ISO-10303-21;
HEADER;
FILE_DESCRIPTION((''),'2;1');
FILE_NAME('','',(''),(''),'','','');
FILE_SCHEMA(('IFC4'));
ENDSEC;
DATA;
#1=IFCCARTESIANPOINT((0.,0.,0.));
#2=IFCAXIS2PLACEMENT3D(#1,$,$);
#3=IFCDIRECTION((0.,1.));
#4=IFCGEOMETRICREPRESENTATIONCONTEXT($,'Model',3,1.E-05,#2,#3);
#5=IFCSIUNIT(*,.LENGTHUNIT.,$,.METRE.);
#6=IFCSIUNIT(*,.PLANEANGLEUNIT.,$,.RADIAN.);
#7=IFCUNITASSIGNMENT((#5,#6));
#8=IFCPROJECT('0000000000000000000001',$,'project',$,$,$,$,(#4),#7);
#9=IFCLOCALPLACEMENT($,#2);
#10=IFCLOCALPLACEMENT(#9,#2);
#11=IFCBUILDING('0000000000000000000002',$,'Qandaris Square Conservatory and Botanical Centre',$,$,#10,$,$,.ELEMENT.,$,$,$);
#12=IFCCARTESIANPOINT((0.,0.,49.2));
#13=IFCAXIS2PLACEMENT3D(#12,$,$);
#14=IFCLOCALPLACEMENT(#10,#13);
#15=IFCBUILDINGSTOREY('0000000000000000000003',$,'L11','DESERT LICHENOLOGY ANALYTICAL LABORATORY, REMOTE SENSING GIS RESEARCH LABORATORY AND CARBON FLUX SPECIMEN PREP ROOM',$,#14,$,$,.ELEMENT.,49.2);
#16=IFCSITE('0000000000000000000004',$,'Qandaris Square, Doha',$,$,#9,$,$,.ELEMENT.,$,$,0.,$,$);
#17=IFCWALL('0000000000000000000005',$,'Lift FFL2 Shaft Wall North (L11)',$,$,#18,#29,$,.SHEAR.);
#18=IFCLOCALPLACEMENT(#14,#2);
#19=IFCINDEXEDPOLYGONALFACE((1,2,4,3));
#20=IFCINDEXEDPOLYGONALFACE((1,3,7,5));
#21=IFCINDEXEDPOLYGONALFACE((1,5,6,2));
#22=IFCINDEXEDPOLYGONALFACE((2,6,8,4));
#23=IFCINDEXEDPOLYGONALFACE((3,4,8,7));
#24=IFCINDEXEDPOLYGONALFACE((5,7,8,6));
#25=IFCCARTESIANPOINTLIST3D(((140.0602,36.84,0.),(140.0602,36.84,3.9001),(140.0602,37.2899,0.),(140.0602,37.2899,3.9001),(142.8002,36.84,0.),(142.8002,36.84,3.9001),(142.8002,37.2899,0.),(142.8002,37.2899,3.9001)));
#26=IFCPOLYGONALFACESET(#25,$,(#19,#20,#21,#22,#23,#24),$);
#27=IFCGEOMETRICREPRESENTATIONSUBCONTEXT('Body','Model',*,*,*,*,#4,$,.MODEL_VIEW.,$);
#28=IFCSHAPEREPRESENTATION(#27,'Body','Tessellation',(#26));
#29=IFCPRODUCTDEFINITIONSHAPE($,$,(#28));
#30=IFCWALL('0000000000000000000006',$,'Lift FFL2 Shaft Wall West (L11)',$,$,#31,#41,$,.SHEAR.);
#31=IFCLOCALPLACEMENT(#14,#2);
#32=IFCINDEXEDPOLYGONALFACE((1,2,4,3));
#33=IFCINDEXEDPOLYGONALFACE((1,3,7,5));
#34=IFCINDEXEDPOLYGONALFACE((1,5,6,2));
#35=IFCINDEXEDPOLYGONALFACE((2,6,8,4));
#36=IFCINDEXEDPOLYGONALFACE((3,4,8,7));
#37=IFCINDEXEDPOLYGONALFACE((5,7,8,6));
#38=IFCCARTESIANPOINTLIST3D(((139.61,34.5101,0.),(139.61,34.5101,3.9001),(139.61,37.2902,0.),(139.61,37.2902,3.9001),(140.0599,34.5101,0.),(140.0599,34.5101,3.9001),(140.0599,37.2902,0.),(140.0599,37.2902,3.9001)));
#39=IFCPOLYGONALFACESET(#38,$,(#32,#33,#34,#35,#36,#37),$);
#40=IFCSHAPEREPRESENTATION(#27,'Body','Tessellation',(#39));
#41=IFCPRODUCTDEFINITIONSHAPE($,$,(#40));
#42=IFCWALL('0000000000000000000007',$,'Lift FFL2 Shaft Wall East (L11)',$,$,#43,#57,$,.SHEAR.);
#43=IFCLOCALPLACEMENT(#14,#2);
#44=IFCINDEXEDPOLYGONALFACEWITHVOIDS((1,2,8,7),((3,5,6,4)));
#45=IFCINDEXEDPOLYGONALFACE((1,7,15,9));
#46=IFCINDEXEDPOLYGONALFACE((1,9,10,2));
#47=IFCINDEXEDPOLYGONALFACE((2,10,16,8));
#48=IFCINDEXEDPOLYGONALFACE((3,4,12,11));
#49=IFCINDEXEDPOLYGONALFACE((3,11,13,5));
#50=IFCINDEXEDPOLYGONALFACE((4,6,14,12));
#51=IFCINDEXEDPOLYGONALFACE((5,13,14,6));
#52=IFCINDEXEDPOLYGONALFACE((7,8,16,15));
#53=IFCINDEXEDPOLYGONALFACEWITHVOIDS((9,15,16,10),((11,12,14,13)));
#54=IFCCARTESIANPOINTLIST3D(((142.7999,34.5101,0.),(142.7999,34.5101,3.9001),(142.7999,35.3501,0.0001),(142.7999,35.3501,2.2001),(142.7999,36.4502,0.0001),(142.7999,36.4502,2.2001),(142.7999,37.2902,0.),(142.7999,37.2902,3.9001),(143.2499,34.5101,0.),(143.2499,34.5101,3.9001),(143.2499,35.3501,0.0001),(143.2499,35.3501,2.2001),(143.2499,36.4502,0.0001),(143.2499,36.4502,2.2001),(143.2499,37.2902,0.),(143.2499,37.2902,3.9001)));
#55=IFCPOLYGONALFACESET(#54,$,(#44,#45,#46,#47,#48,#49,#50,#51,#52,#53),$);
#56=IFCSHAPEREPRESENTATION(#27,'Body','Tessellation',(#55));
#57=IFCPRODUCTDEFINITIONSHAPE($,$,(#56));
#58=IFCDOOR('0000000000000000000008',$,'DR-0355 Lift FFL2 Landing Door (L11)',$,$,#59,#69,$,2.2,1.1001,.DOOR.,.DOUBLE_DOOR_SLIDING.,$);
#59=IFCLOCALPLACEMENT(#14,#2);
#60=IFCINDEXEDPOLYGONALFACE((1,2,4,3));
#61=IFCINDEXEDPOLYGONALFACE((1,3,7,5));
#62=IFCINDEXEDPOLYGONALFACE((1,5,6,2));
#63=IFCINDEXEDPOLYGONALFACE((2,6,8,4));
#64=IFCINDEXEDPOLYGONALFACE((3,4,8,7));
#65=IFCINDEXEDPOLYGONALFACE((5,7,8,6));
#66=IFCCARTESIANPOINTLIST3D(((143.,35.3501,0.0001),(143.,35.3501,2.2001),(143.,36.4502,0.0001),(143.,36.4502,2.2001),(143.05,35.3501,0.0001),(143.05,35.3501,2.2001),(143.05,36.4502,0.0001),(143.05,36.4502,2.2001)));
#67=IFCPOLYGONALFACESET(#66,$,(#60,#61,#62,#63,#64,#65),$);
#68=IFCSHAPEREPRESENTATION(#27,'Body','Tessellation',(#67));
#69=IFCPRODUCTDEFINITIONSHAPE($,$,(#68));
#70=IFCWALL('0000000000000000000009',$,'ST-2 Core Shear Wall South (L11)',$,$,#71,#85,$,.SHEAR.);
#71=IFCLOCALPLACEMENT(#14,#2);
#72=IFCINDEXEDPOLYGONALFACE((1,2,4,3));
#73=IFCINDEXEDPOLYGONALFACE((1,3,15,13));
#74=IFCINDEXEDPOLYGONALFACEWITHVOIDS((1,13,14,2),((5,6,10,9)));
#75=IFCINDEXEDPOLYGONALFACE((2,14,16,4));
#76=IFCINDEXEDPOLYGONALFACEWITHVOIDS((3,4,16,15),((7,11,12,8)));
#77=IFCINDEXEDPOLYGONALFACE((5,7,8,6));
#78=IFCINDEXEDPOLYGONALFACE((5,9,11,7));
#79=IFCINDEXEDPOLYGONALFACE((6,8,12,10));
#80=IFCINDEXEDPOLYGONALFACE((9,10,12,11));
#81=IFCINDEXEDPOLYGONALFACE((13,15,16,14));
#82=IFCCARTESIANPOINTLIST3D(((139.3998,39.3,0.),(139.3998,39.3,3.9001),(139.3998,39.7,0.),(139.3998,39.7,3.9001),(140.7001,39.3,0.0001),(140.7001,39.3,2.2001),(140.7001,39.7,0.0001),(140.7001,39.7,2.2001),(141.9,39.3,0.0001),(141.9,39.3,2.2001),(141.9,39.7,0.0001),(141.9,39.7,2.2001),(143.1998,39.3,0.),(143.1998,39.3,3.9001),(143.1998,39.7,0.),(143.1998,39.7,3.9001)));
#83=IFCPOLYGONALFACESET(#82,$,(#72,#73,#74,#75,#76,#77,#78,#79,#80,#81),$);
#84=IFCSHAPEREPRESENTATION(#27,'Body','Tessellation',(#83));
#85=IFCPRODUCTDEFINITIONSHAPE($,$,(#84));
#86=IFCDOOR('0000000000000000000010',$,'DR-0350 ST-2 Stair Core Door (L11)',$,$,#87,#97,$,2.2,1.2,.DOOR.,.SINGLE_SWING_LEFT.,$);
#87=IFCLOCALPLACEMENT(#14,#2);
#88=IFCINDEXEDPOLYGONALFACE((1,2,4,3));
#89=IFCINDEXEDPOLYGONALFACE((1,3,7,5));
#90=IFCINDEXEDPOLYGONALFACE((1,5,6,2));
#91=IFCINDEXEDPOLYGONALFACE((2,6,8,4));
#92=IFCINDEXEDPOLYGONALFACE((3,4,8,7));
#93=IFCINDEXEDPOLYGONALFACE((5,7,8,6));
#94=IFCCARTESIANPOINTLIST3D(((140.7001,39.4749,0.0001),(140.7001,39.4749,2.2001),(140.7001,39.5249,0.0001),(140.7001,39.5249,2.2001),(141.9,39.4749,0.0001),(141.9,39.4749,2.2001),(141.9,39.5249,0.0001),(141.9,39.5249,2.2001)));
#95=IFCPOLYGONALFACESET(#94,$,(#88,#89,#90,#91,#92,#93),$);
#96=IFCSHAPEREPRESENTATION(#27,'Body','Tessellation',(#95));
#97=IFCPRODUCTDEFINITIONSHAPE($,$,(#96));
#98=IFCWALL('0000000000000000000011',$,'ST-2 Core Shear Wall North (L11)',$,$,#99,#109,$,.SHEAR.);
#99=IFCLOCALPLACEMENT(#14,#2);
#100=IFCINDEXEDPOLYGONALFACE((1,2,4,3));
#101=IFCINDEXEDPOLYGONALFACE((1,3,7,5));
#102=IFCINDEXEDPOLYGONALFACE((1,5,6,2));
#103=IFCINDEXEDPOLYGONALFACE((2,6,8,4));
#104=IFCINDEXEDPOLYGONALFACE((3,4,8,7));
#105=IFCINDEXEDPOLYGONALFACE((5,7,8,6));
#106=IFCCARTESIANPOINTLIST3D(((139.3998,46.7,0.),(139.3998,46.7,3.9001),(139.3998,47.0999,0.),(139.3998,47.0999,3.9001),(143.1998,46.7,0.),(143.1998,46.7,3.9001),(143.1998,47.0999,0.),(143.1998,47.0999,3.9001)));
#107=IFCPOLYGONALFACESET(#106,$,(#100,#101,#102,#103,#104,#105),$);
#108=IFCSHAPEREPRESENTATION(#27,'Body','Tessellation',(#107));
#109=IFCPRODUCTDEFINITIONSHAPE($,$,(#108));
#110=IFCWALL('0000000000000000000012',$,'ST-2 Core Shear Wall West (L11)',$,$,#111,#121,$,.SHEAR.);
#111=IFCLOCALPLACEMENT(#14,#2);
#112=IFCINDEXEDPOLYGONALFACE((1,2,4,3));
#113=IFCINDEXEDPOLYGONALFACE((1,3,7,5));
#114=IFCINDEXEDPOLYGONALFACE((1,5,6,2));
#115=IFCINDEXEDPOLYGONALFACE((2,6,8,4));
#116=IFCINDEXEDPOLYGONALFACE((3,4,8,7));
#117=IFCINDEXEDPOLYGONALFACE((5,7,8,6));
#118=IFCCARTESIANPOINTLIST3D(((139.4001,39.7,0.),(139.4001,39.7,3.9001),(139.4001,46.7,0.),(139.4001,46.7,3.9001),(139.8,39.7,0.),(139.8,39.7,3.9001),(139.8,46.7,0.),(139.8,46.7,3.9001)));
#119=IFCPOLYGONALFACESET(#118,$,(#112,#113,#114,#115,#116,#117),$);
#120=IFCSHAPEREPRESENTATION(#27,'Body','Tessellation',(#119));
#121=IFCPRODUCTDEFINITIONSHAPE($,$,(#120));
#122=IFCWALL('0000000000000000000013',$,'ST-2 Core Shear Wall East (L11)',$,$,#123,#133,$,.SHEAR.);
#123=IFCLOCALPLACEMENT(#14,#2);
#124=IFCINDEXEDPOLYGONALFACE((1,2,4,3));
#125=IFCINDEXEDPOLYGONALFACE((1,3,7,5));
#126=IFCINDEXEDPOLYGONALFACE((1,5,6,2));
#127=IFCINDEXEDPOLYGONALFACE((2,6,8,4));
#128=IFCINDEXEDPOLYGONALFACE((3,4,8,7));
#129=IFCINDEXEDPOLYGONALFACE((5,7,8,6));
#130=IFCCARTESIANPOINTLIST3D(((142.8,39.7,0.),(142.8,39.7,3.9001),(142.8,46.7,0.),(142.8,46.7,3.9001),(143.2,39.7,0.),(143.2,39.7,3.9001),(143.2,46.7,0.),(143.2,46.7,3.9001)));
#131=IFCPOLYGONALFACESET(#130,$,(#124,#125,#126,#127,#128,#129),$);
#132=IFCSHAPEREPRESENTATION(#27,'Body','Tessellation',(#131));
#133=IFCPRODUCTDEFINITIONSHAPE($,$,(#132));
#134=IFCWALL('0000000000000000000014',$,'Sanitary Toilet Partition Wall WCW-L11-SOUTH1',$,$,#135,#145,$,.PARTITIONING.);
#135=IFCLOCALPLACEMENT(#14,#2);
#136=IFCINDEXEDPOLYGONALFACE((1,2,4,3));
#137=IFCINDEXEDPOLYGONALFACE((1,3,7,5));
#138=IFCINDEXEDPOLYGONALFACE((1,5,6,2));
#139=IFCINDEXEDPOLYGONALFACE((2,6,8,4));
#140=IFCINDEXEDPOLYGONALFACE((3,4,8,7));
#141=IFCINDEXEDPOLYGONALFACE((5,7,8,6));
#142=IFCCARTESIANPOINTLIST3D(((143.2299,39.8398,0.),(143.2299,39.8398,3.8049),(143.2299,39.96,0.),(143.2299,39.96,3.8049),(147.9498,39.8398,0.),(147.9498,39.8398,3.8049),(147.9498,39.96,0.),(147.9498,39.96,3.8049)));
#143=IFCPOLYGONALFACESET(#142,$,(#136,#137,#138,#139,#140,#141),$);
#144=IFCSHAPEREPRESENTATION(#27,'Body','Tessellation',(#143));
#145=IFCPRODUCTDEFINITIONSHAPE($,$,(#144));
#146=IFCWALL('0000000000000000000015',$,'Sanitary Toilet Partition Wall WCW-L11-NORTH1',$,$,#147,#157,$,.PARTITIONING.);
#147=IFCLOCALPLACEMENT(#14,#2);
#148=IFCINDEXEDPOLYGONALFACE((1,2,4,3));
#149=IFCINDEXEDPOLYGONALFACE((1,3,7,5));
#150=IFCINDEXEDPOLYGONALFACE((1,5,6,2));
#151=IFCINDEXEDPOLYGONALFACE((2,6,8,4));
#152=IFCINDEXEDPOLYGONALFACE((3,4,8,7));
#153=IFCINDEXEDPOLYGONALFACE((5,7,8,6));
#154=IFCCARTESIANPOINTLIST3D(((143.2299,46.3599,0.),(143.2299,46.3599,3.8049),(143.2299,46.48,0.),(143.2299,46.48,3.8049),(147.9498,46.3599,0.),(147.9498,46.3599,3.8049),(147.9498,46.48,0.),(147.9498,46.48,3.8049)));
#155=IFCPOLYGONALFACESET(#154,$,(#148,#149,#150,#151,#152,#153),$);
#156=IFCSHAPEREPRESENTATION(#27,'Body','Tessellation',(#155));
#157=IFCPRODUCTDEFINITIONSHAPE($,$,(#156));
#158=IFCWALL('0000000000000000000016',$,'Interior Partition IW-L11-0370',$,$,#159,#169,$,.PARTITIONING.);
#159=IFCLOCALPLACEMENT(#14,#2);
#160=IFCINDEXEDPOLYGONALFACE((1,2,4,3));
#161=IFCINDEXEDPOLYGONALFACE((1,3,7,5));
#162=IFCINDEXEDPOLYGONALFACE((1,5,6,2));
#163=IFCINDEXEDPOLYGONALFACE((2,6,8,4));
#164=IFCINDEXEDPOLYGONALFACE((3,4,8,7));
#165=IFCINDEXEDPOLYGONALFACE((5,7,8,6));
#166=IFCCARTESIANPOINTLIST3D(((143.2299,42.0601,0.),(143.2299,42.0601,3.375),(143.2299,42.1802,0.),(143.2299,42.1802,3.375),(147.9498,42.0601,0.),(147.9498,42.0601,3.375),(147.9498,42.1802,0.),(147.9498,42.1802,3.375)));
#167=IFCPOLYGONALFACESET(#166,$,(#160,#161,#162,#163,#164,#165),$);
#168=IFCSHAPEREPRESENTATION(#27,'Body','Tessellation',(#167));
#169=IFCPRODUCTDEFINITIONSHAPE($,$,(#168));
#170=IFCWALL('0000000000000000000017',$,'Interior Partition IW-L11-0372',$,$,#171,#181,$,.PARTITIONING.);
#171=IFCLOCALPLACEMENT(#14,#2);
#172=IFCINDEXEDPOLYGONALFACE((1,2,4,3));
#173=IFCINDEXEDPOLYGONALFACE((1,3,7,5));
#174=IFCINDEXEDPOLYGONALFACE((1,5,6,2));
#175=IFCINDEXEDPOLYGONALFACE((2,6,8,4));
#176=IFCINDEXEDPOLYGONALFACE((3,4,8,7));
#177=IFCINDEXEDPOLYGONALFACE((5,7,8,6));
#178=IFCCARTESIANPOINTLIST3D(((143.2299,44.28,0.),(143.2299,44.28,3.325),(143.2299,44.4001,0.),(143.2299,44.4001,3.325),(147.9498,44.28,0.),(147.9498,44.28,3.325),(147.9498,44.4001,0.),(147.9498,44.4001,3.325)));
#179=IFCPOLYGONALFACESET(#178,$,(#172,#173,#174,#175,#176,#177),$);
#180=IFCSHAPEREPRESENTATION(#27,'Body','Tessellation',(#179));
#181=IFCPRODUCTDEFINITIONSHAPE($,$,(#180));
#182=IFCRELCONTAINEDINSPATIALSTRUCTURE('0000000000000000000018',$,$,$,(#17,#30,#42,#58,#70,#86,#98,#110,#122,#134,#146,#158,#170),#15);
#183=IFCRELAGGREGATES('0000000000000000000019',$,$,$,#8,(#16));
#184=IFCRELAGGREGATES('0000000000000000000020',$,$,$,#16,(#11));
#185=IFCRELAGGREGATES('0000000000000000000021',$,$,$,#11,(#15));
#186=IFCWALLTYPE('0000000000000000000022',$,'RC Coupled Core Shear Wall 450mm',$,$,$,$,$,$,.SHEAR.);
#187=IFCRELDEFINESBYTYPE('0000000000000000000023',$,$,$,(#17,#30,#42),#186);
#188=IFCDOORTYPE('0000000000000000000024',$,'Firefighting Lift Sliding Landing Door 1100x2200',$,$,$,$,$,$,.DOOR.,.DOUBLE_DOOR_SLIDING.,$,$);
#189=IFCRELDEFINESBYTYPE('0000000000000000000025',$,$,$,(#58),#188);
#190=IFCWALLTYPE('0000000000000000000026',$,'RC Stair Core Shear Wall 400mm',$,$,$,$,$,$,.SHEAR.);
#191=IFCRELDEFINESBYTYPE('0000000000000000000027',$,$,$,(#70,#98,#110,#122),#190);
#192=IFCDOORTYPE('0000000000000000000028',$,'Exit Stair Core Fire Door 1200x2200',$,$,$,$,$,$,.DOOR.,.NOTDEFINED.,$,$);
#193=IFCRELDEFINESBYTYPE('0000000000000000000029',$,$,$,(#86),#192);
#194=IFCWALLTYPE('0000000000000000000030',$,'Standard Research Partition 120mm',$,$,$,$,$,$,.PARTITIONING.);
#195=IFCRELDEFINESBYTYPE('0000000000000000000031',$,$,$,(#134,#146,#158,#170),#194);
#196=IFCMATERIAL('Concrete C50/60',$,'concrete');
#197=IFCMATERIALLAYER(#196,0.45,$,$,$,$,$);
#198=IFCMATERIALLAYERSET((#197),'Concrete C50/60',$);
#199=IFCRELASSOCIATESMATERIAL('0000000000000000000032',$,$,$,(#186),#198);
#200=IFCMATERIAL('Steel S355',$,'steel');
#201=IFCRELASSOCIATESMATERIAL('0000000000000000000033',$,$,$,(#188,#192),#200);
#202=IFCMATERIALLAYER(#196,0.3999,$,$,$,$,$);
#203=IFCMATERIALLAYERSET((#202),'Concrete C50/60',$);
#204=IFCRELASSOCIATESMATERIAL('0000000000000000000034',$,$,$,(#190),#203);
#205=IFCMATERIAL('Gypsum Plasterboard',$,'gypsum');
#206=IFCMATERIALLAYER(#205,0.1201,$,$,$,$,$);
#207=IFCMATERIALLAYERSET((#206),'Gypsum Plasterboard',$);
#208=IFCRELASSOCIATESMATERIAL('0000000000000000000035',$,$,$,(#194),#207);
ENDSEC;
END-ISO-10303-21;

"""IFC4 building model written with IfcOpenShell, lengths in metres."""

from ifc_helpers import new_model, si_unit, direction, frame, frame_2d, origin, place, context, subcontext, project, spatial, rectangle, extrude, material, layer, layer_set, type_object, element, fill, save


model = new_model("IFC4")

# Units and contexts
model_context = context("Model", 3, precision=1e-05, world=origin(), true_north=direction((0.0, 1.0)))
body_context = subcontext(model_context, "Body", "Model", "MODEL_VIEW")
ifc_project = project(units=[si_unit("LENGTHUNIT", "METRE"), si_unit("PLANEANGLEUNIT", "RADIAN")], contexts=[model_context])

# Site, building, storey
site_placement = place(None, origin())
site = spatial("IfcSite", under=ifc_project, at=site_placement, Name="Qandaris Square, Doha", CompositionType="ELEMENT", RefElevation=0.0)
building_placement = place(site_placement, origin())
building = spatial("IfcBuilding", under=site, at=building_placement, Name="Qandaris Square Conservatory and Botanical Centre", CompositionType="ELEMENT")
storey_placement = place(building_placement, frame((0.0, 0.0, 49.2)))
storey = spatial("IfcBuildingStorey", under=building, at=storey_placement, Name="L11", Description="DESERT LICHENOLOGY ANALYTICAL LABORATORY, REMOTE SENSING GIS RESEARCH LABORATORY AND CARBON FLUX SPECIMEN PREP ROOM", CompositionType="ELEMENT", Elevation=49.2)

# Shared definitions
ifc_material_1 = material(Name="Concrete C50/60", Category="concrete")

# Shared definitions
ifc_material_2 = material(Name="Steel S355", Category="steel")

# Walls
ifc_layer_1 = layer(ifc_material_1, 0.45)
ifc_layer_set_1 = layer_set([ifc_layer_1], Name="Concrete C50/60")
wall_type_1 = type_object("IfcWallType", Name="RC Coupled Core Shear Wall 450mm", PredefinedType="SHEAR", material=ifc_layer_set_1)
for number, where, z_axis, x_axis, name in (
    (1, (140.0601, 37.0649, 0.0), (0.0, 0.0, 1.0), (1.0, 0.0, 0.0), "Lift FFL2 Shaft Wall North (L11)"),
):
    element("IfcWall", number, at=place(storey_placement, frame(where, z_axis=z_axis, x_axis=x_axis)), inside=storey, type_object=wall_type_1, Name=name, PredefinedType="SHEAR", context=body_context, shape_type="SweptSolid", body=[
        extrude(rectangle(XDim=2.74, YDim=0.45, at=frame_2d((1.3701, 0.0))), origin(), (0.0, 0.0, 1.0), 3.9001),
    ])
wall_1_placement = place(storey_placement, frame((139.835, 34.51, 0.0), z_axis=(0.0, 0.0, 1.0), x_axis=(0.0, 1.0, 0.0)))
element("IfcWall", 2, at=wall_1_placement, inside=storey, type_object=wall_type_1, Name="Lift FFL2 Shaft Wall West (L11)", PredefinedType="SHEAR", context=body_context, shape_type="SweptSolid", body=[
    extrude(rectangle(XDim=2.78, YDim=0.45, at=frame_2d((1.3901, 0.0))), origin(), (0.0, 0.0, 1.0), 3.9001),
])

# Walls, openings, doors
wall_2_placement = place(storey_placement, frame((143.0249, 34.51, 0.0), z_axis=(0.0, 0.0, 1.0), x_axis=(0.0, 1.0, 0.0)))
wall_2 = element("IfcWall", 3, at=wall_2_placement, inside=storey, type_object=wall_type_1, Name="Lift FFL2 Shaft Wall East (L11)", PredefinedType="SHEAR", context=body_context, shape_type="SweptSolid", body=[
    extrude(rectangle(XDim=2.78, YDim=0.45, at=frame_2d((1.3901, 0.0))), origin(), (0.0, 0.0, 1.0), 3.9001),
])
opening_1_placement = place(wall_2_placement, frame((0.8401, 0.0, 0.0)))
opening_1 = element("IfcOpeningElement", 4, at=opening_1_placement, cuts=wall_2, PredefinedType="OPENING", context=body_context, shape_type="SweptSolid", body=[
    extrude(rectangle(XDim=1.1001, YDim=2.2, at=frame_2d((0.55, 1.1001))), frame((0.0, 0.2368, 0.0), z_axis=(0.0, -1.0, 0.0), x_axis=(1.0, 0.0, 0.0)), (0.0, 0.0, 1.0), 0.4739),
])
door_type_1 = type_object("IfcDoorType", Name="Firefighting Lift Sliding Landing Door 1100x2200", OperationType="DOUBLE_DOOR_SLIDING", PredefinedType="DOOR", material=ifc_material_2)
door_1_placement = place(opening_1_placement, origin())
door_1 = element("IfcDoor", 5, at=door_1_placement, inside=storey, type_object=door_type_1, Name="DR-0355 Lift FFL2 Landing Door (L11)", OperationType="DOUBLE_DOOR_SLIDING", OverallHeight=2.2, OverallWidth=1.1001, PredefinedType="DOOR", context=body_context, shape_type="SweptSolid", body=[
    extrude(rectangle(XDim=1.1001, YDim=2.2, at=frame_2d((0.55, 1.1001))), frame((0.0, 0.0249, 0.0), z_axis=(0.0, -1.0, 0.0), x_axis=(1.0, 0.0, 0.0)), (0.0, 0.0, 1.0), 0.05),
])
fill(opening_1, door_1)
ifc_layer_2 = layer(ifc_material_1, 0.3999)
ifc_layer_set_2 = layer_set([ifc_layer_2], Name="Concrete C50/60")
wall_type_2 = type_object("IfcWallType", Name="RC Stair Core Shear Wall 400mm", PredefinedType="SHEAR", material=ifc_layer_set_2)
wall_3_placement = place(storey_placement, frame((139.3999, 39.5, 0.0), z_axis=(0.0, 0.0, 1.0), x_axis=(1.0, 0.0, 0.0)))
wall_3 = element("IfcWall", 6, at=wall_3_placement, inside=storey, type_object=wall_type_2, Name="ST-2 Core Shear Wall South (L11)", PredefinedType="SHEAR", context=body_context, shape_type="SweptSolid", body=[
    extrude(rectangle(XDim=3.8, YDim=0.3999, at=frame_2d((1.8999, 0.0))), origin(), (0.0, 0.0, 1.0), 3.9001),
])
opening_2_placement = place(wall_3_placement, frame((1.3, 0.0, 0.0)))
opening_2 = element("IfcOpeningElement", 7, at=opening_2_placement, cuts=wall_3, PredefinedType="OPENING", context=body_context, shape_type="SweptSolid", body=[
    extrude(rectangle(XDim=1.2, YDim=2.2, at=frame_2d((0.6001, 1.1001))), frame((0.0, 0.2119, 0.0), z_axis=(0.0, -1.0, 0.0), x_axis=(1.0, 0.0, 0.0)), (0.0, 0.0, 1.0), 0.4238),
])
door_type_2 = type_object("IfcDoorType", Name="Exit Stair Core Fire Door 1200x2200", OperationType="NOTDEFINED", PredefinedType="DOOR", material=ifc_material_2)
door_2_placement = place(opening_2_placement, origin())
door_2 = element("IfcDoor", 8, at=door_2_placement, inside=storey, type_object=door_type_2, Name="DR-0350 ST-2 Stair Core Door (L11)", OperationType="SINGLE_SWING_LEFT", OverallHeight=2.2, OverallWidth=1.2, PredefinedType="DOOR", context=body_context, shape_type="SweptSolid", body=[
    extrude(rectangle(XDim=1.2, YDim=2.2, at=frame_2d((0.6001, 1.1001))), frame((0.0, 0.0249, 0.0), z_axis=(0.0, -1.0, 0.0), x_axis=(1.0, 0.0, 0.0)), (0.0, 0.0, 1.0), 0.05),
])
fill(opening_2, door_2)

# Walls
wall_4_placement = place(storey_placement, frame((139.3999, 46.8999, 0.0), z_axis=(0.0, 0.0, 1.0), x_axis=(1.0, 0.0, 0.0)))
element("IfcWall", 9, at=wall_4_placement, inside=storey, type_object=wall_type_2, Name="ST-2 Core Shear Wall North (L11)", PredefinedType="SHEAR", context=body_context, shape_type="SweptSolid", body=[
    extrude(rectangle(XDim=3.8, YDim=0.3999, at=frame_2d((1.8999, 0.0))), origin(), (0.0, 0.0, 1.0), 3.9001),
])
for number, where, z_axis, x_axis, name in (
    (10, (139.6001, 39.7, 0.0), (0.0, 0.0, 1.0), (0.0, 1.0, 0.0), "ST-2 Core Shear Wall West (L11)"),
    (11, (143.0, 39.7, 0.0), (0.0, 0.0, 1.0), (0.0, 1.0, 0.0), "ST-2 Core Shear Wall East (L11)"),
):
    element("IfcWall", number, at=place(storey_placement, frame(where, z_axis=z_axis, x_axis=x_axis)), inside=storey, type_object=wall_type_2, Name=name, PredefinedType="SHEAR", context=body_context, shape_type="SweptSolid", body=[
        extrude(rectangle(XDim=7.0, YDim=0.3999, at=frame_2d((3.5, 0.0))), origin(), (0.0, 0.0, 1.0), 3.9001),
    ])
ifc_material_3 = material(Name="Gypsum Plasterboard", Category="gypsum")
ifc_layer_3 = layer(ifc_material_3, 0.1201)
ifc_layer_set_3 = layer_set([ifc_layer_3], Name="Gypsum Plasterboard")
wall_type_3 = type_object("IfcWallType", Name="Standard Research Partition 120mm", PredefinedType="PARTITIONING", material=ifc_layer_set_3)
for number, where, z_axis, x_axis, name in (
    (12, (143.23, 39.8999, 0.0), (0.0, 0.0, 1.0), (1.0, 0.0, 0.0), "Sanitary Toilet Partition Wall WCW-L11-SOUTH1"),
    (13, (143.23, 46.4199, 0.0), (0.0, 0.0, 1.0), (1.0, 0.0, 0.0), "Sanitary Toilet Partition Wall WCW-L11-NORTH1"),
):
    element("IfcWall", number, at=place(storey_placement, frame(where, z_axis=z_axis, x_axis=x_axis)), inside=storey, type_object=wall_type_3, Name=name, PredefinedType="PARTITIONING", context=body_context, shape_type="SweptSolid", body=[
        extrude(rectangle(XDim=4.72, YDim=0.1201, at=frame_2d((2.3599, 0.0))), origin(), (0.0, 0.0, 1.0), 3.8049),
    ])
wall_5_placement = place(storey_placement, frame((143.23, 42.1201, 0.0), z_axis=(0.0, 0.0, 1.0), x_axis=(1.0, 0.0, 0.0)))
element("IfcWall", 14, at=wall_5_placement, inside=storey, type_object=wall_type_3, Name="Interior Partition IW-L11-0370", PredefinedType="PARTITIONING", context=body_context, shape_type="SweptSolid", body=[
    extrude(rectangle(XDim=4.72, YDim=0.1201, at=frame_2d((2.3599, 0.0))), origin(), (0.0, 0.0, 1.0), 3.375),
])
wall_6_placement = place(storey_placement, frame((143.23, 44.3401, 0.0), z_axis=(0.0, 0.0, 1.0), x_axis=(1.0, 0.0, 0.0)))
element("IfcWall", 15, at=wall_6_placement, inside=storey, type_object=wall_type_3, Name="Interior Partition IW-L11-0372", PredefinedType="PARTITIONING", context=body_context, shape_type="SweptSolid", body=[
    extrude(rectangle(XDim=4.72, YDim=0.1201, at=frame_2d((2.3599, 0.0))), origin(), (0.0, 0.0, 1.0), 3.325),
])

save(model, "model.ifc")
